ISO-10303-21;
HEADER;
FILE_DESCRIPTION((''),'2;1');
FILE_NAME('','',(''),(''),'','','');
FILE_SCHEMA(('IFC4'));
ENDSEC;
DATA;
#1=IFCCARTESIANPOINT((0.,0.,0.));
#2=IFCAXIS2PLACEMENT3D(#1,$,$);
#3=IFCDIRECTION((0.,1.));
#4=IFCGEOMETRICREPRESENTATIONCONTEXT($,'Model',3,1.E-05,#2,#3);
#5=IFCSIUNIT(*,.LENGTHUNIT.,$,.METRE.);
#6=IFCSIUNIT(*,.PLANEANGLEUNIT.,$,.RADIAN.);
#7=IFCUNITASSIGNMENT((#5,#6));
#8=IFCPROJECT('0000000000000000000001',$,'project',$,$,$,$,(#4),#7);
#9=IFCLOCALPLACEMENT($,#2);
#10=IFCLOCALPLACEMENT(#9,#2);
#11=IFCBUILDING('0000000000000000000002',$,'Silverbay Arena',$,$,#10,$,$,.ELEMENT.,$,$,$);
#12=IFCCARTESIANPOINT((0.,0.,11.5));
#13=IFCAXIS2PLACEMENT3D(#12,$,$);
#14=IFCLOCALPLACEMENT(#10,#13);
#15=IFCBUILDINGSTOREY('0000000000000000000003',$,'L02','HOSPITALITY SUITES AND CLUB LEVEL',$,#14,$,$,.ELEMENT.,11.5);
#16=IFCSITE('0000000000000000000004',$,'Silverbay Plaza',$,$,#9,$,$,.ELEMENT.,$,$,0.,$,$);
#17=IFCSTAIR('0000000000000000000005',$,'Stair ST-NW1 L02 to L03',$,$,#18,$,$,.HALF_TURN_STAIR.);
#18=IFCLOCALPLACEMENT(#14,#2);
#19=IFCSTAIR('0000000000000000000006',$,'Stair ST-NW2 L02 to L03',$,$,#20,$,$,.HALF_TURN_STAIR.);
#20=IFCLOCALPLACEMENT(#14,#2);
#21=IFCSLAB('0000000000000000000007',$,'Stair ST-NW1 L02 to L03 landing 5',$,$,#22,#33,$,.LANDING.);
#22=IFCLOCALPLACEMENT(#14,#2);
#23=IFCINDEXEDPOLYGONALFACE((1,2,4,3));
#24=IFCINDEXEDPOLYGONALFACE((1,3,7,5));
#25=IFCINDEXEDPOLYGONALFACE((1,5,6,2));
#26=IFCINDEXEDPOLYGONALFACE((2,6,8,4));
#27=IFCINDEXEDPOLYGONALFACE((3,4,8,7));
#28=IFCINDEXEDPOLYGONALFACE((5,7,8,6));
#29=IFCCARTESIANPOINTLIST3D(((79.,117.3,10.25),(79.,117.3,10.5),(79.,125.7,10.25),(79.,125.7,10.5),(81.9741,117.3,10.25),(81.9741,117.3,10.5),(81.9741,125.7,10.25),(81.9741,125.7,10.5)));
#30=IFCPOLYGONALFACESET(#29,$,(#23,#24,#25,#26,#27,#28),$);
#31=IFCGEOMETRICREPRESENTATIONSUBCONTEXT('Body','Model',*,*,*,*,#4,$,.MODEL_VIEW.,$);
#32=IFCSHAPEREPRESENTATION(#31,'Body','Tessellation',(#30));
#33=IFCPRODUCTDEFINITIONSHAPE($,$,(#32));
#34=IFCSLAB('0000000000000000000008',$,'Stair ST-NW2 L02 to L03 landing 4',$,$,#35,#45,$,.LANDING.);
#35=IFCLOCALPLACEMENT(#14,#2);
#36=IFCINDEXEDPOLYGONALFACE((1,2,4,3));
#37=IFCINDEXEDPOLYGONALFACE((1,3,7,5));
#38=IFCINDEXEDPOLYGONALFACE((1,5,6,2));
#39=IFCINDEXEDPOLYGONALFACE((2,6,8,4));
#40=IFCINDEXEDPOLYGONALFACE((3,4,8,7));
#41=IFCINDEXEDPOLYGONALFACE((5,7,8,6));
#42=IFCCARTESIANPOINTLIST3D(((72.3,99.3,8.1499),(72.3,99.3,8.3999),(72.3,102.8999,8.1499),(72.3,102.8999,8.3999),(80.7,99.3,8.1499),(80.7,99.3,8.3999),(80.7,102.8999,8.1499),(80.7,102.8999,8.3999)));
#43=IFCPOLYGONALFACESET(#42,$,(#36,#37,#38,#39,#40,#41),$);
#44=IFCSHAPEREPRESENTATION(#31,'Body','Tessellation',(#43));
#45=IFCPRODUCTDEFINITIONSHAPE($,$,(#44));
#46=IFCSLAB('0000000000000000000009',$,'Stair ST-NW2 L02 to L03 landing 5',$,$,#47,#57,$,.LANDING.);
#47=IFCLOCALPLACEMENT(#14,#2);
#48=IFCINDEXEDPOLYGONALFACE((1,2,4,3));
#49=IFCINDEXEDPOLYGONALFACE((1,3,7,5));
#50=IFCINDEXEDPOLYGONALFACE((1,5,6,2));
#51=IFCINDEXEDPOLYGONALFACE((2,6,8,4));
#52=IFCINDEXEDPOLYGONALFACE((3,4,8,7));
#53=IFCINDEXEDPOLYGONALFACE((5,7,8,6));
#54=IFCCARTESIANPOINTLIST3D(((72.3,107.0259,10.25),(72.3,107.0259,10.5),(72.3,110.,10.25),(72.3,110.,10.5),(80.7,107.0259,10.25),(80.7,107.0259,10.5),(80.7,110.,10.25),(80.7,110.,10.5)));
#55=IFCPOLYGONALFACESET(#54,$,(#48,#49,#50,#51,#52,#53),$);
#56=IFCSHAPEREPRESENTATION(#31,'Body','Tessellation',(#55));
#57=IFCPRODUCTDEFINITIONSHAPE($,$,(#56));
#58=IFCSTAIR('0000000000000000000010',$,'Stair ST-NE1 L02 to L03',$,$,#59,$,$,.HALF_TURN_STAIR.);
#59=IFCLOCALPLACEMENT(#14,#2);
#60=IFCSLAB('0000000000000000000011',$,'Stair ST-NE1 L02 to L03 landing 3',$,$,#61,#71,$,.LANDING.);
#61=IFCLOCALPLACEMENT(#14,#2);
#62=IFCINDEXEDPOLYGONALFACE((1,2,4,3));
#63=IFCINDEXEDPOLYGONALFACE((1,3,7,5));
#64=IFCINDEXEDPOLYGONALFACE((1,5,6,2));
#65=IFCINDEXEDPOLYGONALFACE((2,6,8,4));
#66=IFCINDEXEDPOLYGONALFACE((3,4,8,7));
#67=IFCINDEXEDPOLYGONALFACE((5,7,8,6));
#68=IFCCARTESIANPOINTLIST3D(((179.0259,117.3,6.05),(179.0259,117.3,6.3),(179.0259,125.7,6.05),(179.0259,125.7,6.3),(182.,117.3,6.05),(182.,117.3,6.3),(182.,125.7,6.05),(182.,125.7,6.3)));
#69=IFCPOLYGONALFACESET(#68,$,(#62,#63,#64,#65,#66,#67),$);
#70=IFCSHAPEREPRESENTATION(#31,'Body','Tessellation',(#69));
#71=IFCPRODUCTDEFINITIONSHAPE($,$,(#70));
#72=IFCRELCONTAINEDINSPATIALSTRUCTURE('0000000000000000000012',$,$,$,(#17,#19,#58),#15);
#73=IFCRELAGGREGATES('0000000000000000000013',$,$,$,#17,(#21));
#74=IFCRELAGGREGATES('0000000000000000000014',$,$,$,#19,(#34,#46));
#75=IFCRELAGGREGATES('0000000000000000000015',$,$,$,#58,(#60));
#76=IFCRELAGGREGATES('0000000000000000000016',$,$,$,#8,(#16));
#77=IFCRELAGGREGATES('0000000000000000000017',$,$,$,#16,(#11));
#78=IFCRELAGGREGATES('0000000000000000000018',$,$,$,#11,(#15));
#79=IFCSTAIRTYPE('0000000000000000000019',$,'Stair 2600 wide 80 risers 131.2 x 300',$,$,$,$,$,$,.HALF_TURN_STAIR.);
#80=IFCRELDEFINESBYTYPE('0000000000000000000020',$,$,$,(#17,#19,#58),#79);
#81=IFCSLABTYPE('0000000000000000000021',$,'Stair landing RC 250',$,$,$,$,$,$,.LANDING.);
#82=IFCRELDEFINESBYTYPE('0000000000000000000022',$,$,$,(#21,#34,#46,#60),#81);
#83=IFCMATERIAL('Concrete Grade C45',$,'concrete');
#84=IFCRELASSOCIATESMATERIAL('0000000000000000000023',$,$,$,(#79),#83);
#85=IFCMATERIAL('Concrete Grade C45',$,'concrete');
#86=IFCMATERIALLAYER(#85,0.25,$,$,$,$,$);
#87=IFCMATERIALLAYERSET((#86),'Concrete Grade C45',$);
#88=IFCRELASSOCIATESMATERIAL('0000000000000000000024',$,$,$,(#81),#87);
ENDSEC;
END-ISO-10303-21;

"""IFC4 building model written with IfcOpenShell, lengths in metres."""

from ifc_helpers import new_model, si_unit, direction, frame, origin, place, context, subcontext, project, spatial, polyline, outline, extrude, material, layer, layer_set, type_object, element, aggregate, save


model = new_model("IFC4")

# Units and contexts
model_context = context("Model", 3, precision=1e-05, world=origin(), true_north=direction((0.0, 1.0)))
body_context = subcontext(model_context, "Body", "Model", "MODEL_VIEW")
ifc_project = project(units=[si_unit("LENGTHUNIT", "METRE"), si_unit("PLANEANGLEUNIT", "RADIAN")], contexts=[model_context])

# Site, building, storey
site_placement = place(None, origin())
site = spatial("IfcSite", under=ifc_project, at=site_placement, Name="Silverbay Plaza", CompositionType="ELEMENT", RefElevation=0.0)
building_placement = place(site_placement, origin())
building = spatial("IfcBuilding", under=site, at=building_placement, Name="Silverbay Arena", CompositionType="ELEMENT")
storey_placement = place(building_placement, frame((0.0, 0.0, 11.5)))
storey = spatial("IfcBuildingStorey", under=building, at=storey_placement, Name="L02", Description="HOSPITALITY SUITES AND CLUB LEVEL", CompositionType="ELEMENT", Elevation=11.5)

# Stairs
ifc_material_1 = material(Name="Concrete Grade C45", Category="concrete")
stair_type = type_object("IfcStairType", Name="Stair 2600 wide 80 risers 131.2 x 300", PredefinedType="HALF_TURN_STAIR", material=ifc_material_1)
stair_1_placement = place(storey_placement, origin())
stair_1 = element("IfcStair", 1, at=stair_1_placement, inside=storey, type_object=stair_type, Name="Stair ST-NW1 L02 to L03", PredefinedType="HALF_TURN_STAIR")
stair_2_placement = place(storey_placement, origin())
stair_2 = element("IfcStair", 2, at=stair_2_placement, inside=storey, type_object=stair_type, Name="Stair ST-NW2 L02 to L03", PredefinedType="HALF_TURN_STAIR")

# Slabs
ifc_material_2 = material(Name="Concrete Grade C45", Category="concrete")
ifc_layer_1 = layer(ifc_material_2, 0.25)
ifc_layer_set_1 = layer_set([ifc_layer_1], Name="Concrete Grade C45")
slab_type_1 = type_object("IfcSlabType", Name="Stair landing RC 250", PredefinedType="LANDING", material=ifc_layer_set_1)
slab_1_placement = place(storey_placement, frame((0.0, 0.0, 10.25)))
slab_1 = element("IfcSlab", 3, at=slab_1_placement, type_object=slab_type_1, Name="Stair ST-NW1 L02 to L03 landing 5", PredefinedType="LANDING", context=body_context, shape_type="SweptSolid", body=[
    extrude(outline(polyline([(81.9741, 117.3), (79.0, 117.3), (79.0, 125.7), (81.9741, 125.7), (81.9741, 117.3)])), origin(), (0.0, 0.0, 1.0), 0.25),
])
aggregate(stair_1, [slab_1])
slab_2_placement = place(storey_placement, frame((0.0, 0.0, 8.1499)))
slab_2 = element("IfcSlab", 4, at=slab_2_placement, type_object=slab_type_1, Name="Stair ST-NW2 L02 to L03 landing 4", PredefinedType="LANDING", context=body_context, shape_type="SweptSolid", body=[
    extrude(outline(polyline([(80.7, 99.3), (80.7, 102.8999), (72.3, 102.8999), (72.3, 99.3), (80.7, 99.3)])), origin(), (0.0, 0.0, 1.0), 0.25),
])
slab_3_placement = place(storey_placement, frame((0.0, 0.0, 10.25)))
slab_3 = element("IfcSlab", 5, at=slab_3_placement, type_object=slab_type_1, Name="Stair ST-NW2 L02 to L03 landing 5", PredefinedType="LANDING", context=body_context, shape_type="SweptSolid", body=[
    extrude(outline(polyline([(80.7, 107.0259), (80.7, 110.0), (72.3, 110.0), (72.3, 107.0259), (80.7, 107.0259)])), origin(), (0.0, 0.0, 1.0), 0.25),
])
aggregate(stair_2, [slab_2, slab_3])

# Stair, slab
stair_3_placement = place(storey_placement, origin())
stair_3 = element("IfcStair", 6, at=stair_3_placement, inside=storey, type_object=stair_type, Name="Stair ST-NE1 L02 to L03", PredefinedType="HALF_TURN_STAIR")
slab_4_placement = place(storey_placement, frame((0.0, 0.0, 6.05)))
slab_4 = element("IfcSlab", 7, at=slab_4_placement, type_object=slab_type_1, Name="Stair ST-NE1 L02 to L03 landing 3", PredefinedType="LANDING", context=body_context, shape_type="SweptSolid", body=[
    extrude(outline(polyline([(179.0259, 117.3), (182.0, 117.3), (182.0, 125.7), (179.0259, 125.7), (179.0259, 117.3)])), origin(), (0.0, 0.0, 1.0), 0.25),
])
aggregate(stair_3, [slab_4])

save(model, "model.ifc")
